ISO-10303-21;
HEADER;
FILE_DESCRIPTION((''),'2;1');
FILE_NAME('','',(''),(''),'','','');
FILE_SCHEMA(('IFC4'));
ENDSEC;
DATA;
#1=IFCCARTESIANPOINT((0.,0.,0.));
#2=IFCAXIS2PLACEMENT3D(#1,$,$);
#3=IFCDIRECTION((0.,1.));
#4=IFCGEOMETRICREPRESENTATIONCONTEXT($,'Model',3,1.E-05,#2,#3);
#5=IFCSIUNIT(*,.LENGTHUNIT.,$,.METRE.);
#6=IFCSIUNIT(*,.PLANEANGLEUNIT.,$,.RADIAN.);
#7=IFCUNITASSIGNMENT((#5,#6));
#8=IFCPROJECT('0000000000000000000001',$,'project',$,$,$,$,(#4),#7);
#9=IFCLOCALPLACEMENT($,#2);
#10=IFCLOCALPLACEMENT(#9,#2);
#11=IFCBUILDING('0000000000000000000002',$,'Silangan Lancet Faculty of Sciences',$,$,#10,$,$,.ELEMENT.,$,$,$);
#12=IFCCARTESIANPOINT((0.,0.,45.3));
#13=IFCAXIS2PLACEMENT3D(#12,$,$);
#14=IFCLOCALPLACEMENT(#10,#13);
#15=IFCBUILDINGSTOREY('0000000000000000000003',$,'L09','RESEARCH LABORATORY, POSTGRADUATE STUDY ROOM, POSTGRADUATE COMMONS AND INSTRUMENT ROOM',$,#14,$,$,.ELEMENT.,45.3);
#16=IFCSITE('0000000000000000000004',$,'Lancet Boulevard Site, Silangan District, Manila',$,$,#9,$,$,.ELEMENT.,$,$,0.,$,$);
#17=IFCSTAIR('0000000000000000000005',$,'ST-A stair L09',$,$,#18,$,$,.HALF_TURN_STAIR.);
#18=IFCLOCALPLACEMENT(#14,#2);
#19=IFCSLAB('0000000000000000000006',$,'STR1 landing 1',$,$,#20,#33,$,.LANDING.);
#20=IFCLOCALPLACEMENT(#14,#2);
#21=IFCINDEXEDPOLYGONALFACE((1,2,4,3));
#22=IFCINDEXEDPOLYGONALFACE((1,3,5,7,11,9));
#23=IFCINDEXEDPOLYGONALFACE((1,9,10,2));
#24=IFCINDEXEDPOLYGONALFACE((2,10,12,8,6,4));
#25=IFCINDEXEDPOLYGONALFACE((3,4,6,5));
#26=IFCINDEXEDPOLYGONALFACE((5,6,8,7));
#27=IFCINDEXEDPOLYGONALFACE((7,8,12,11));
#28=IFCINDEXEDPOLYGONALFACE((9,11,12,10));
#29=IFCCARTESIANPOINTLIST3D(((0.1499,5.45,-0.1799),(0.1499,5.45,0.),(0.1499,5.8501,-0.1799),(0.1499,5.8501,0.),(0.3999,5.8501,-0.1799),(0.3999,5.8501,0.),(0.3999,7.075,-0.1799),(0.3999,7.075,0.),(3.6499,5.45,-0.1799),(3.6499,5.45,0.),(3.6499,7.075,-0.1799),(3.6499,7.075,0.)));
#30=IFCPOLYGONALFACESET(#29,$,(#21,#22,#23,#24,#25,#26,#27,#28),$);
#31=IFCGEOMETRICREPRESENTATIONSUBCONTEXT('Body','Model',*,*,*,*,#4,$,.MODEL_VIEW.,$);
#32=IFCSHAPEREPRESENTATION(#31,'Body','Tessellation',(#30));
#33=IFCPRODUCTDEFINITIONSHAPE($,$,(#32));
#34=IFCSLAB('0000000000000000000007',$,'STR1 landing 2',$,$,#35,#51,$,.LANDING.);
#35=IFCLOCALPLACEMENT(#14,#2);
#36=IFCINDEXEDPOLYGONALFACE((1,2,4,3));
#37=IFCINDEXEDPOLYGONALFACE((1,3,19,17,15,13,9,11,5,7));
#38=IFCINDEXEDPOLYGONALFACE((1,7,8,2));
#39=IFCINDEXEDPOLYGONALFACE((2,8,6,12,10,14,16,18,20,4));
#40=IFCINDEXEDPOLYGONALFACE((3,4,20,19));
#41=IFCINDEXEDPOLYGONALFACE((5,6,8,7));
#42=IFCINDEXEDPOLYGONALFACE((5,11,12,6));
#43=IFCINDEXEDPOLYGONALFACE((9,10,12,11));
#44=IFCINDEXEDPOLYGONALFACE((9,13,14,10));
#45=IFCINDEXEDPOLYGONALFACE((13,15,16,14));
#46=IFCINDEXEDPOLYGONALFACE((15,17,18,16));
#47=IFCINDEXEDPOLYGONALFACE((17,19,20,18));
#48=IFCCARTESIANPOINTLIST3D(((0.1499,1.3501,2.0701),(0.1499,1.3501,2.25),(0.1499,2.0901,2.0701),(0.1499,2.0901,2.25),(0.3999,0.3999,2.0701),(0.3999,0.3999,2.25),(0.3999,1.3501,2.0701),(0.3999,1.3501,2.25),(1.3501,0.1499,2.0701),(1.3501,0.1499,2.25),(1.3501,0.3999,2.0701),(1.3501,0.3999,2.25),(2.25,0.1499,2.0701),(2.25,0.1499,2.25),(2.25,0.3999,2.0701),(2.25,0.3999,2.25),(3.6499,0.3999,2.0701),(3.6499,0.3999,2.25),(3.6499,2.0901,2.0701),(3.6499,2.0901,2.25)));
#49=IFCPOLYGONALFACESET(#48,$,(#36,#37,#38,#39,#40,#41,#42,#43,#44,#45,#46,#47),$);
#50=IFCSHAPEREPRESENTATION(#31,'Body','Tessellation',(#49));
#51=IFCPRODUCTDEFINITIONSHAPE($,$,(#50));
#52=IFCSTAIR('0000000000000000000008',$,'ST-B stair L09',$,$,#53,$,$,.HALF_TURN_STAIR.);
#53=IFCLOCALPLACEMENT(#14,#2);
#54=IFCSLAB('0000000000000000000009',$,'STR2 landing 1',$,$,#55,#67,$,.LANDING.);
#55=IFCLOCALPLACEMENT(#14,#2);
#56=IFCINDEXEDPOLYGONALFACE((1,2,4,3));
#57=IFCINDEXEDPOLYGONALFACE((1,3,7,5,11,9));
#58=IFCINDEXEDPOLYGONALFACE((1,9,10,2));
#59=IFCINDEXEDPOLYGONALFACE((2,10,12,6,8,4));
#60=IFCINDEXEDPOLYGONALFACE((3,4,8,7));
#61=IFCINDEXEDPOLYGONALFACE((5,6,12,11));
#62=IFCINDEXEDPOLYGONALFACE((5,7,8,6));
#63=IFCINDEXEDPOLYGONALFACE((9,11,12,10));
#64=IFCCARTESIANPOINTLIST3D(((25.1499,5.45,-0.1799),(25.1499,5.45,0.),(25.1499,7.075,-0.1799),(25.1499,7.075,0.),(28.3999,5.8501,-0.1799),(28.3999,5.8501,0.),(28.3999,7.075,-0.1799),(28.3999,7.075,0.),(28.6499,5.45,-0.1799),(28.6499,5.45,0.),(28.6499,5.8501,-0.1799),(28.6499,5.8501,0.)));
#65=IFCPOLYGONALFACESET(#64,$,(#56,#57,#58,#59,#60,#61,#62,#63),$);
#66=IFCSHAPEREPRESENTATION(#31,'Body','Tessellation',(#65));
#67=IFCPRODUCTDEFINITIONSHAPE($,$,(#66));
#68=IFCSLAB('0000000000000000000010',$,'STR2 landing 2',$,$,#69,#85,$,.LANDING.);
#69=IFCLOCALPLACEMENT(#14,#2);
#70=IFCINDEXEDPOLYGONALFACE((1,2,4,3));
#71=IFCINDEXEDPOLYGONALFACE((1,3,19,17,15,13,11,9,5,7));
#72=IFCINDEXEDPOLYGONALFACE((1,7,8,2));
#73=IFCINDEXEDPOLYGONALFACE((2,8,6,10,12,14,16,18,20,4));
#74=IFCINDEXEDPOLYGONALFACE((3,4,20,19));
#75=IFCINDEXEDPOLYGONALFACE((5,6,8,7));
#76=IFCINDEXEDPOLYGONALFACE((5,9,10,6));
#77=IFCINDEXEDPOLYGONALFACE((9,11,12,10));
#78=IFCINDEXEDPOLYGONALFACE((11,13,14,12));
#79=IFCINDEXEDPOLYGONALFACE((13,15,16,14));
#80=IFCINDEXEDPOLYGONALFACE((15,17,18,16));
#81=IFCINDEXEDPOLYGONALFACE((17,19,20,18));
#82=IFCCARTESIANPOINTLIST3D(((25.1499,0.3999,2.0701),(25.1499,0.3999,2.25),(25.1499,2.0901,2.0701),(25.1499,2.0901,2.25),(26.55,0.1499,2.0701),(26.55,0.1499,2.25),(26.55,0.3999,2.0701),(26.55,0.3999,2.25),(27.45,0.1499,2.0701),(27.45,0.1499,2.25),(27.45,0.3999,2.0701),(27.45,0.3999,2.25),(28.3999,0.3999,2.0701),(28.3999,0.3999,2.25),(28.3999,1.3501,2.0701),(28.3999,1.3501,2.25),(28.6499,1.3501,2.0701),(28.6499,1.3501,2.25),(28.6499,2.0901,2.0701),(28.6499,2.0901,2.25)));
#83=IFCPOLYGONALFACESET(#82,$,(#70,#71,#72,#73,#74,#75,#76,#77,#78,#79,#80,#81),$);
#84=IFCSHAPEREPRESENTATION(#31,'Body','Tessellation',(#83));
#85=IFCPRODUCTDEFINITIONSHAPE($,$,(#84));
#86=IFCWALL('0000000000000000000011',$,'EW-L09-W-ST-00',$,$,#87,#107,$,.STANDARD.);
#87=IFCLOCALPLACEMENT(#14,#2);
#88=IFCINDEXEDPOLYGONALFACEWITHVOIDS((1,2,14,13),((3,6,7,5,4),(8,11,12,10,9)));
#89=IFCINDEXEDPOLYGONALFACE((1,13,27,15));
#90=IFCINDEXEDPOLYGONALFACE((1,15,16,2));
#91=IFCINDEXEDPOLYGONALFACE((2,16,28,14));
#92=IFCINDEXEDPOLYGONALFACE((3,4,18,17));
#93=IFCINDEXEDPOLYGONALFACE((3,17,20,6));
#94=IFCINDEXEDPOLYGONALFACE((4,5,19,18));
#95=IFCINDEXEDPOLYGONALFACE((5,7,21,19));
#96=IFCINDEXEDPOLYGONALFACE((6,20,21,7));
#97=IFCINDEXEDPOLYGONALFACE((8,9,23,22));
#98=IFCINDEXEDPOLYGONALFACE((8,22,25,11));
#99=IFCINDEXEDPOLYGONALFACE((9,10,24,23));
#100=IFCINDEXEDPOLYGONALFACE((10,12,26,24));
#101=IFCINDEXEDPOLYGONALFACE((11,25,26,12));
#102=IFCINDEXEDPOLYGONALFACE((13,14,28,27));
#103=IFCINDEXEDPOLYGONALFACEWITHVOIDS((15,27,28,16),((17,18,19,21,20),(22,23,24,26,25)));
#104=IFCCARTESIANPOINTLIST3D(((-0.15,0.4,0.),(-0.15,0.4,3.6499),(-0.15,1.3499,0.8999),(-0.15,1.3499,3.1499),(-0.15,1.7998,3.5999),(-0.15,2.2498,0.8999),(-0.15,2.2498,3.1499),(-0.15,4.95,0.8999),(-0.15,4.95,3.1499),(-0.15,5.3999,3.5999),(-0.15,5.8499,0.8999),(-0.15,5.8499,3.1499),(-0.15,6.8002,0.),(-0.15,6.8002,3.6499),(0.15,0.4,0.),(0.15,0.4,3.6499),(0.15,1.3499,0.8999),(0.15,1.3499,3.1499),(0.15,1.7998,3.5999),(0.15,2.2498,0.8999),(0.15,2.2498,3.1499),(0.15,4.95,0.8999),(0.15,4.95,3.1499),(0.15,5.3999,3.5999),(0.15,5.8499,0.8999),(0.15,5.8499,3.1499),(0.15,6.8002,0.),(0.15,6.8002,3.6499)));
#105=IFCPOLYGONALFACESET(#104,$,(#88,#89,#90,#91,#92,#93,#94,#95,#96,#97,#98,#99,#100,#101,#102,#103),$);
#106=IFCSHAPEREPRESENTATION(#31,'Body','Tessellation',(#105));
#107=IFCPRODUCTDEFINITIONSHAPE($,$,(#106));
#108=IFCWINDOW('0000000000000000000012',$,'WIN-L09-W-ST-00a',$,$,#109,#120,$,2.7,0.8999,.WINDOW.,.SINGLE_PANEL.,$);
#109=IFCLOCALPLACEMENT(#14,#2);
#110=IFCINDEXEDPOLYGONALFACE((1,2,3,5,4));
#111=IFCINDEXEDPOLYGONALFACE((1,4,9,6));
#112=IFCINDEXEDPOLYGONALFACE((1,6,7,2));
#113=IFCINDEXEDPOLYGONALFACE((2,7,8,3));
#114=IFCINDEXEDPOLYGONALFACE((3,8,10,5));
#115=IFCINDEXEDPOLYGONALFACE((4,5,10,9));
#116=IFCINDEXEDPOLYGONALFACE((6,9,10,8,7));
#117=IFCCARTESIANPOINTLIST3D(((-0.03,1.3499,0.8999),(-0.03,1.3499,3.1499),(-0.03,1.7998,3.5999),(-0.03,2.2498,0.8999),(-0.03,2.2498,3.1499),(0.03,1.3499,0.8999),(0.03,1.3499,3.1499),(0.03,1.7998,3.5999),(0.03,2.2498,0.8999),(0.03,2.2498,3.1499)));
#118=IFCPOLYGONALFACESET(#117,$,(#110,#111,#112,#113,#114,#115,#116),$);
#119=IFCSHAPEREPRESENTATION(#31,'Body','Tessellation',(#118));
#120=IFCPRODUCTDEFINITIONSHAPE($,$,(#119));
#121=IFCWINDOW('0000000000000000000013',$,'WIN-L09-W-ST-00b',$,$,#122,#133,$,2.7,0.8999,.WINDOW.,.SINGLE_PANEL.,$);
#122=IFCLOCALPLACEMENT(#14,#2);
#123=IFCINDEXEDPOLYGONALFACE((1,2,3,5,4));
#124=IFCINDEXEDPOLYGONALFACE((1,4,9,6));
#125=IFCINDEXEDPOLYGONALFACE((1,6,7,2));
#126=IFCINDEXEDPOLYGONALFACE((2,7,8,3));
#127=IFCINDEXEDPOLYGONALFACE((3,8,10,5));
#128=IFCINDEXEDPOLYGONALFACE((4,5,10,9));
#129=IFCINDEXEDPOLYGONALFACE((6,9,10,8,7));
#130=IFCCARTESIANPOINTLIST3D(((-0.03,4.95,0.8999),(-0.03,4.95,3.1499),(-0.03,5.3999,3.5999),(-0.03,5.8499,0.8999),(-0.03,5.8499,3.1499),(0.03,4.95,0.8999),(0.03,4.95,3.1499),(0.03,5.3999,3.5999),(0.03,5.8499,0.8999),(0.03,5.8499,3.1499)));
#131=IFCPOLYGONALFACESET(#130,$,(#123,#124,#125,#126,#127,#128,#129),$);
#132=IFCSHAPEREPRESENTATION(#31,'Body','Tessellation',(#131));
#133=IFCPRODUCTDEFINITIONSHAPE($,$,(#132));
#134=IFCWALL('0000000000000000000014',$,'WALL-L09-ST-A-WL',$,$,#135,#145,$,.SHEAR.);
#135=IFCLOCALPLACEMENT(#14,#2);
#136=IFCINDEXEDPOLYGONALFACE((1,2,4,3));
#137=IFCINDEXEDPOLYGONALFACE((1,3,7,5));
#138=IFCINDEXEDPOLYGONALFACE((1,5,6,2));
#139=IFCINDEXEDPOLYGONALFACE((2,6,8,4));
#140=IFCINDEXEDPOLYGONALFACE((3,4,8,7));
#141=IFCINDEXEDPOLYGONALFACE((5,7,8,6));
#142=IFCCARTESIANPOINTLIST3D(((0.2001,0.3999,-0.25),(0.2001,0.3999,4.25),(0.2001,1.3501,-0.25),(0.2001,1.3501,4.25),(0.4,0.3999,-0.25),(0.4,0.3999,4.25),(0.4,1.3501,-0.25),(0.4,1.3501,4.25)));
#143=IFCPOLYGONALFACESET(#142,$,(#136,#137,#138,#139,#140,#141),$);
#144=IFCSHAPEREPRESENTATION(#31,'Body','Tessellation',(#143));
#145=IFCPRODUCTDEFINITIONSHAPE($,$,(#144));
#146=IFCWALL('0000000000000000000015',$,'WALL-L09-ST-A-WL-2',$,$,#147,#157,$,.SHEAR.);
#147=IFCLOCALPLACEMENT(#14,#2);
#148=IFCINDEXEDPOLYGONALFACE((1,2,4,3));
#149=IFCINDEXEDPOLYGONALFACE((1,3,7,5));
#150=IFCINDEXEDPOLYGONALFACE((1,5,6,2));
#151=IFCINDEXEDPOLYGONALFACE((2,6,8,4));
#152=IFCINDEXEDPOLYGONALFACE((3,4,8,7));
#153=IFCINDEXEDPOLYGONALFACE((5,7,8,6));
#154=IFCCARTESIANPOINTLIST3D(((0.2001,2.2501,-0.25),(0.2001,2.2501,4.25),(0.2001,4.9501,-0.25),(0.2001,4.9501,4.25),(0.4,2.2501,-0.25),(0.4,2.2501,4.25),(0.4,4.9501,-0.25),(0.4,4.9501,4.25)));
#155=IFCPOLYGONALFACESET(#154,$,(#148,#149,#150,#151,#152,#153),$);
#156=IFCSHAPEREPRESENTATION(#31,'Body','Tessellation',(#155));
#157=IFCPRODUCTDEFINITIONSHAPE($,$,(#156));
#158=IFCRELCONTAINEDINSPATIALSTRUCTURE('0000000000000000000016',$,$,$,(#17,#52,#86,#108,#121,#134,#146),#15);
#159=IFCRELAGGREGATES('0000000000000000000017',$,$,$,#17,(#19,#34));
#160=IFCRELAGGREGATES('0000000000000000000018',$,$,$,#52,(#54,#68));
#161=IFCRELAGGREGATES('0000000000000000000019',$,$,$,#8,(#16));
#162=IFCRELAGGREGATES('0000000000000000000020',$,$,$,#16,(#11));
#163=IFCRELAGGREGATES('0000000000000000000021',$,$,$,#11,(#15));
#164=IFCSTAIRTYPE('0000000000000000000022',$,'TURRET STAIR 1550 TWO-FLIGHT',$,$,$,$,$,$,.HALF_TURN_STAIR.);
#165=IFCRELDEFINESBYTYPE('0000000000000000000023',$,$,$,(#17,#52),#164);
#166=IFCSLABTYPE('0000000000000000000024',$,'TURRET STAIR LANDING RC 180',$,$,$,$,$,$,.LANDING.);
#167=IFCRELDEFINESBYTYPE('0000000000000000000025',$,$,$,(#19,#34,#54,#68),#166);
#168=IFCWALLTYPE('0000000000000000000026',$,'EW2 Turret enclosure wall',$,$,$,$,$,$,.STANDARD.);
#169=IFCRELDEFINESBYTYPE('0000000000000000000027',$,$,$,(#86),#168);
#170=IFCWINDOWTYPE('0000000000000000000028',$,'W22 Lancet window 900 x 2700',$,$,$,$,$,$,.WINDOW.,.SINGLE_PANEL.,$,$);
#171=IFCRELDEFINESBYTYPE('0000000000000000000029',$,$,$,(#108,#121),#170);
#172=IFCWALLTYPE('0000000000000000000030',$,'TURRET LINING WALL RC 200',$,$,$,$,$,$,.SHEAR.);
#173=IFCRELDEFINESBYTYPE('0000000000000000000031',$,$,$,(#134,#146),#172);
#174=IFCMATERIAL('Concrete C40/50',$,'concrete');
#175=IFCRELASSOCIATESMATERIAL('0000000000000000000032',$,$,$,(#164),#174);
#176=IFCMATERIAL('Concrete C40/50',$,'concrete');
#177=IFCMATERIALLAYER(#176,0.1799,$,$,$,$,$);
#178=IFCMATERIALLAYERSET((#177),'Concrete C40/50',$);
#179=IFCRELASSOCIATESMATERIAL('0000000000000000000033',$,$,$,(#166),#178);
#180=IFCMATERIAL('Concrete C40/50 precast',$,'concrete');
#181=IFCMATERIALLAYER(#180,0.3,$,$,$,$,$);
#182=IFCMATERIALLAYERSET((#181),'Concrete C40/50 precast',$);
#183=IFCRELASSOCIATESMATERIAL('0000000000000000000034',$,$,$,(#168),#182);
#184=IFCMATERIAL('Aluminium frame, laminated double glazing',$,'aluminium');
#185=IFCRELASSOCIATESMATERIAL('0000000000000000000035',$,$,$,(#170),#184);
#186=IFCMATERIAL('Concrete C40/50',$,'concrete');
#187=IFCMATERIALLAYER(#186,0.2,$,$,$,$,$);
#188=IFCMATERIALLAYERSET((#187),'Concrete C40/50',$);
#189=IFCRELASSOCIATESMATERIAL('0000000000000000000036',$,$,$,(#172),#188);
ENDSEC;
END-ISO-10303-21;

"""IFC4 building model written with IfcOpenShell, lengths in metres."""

from ifc_helpers import new_model, si_unit, direction, frame, frame_2d, origin, place, context, subcontext, project, spatial, polyline, rectangle, outline, extrude, material, layer, layer_set, type_object, element, fill, aggregate, save


model = new_model("IFC4")

# Units and contexts
model_context = context("Model", 3, precision=1e-05, world=origin(), true_north=direction((0.0, 1.0)))
body_context = subcontext(model_context, "Body", "Model", "MODEL_VIEW")
ifc_project = project(units=[si_unit("LENGTHUNIT", "METRE"), si_unit("PLANEANGLEUNIT", "RADIAN")], contexts=[model_context])

# Site, building, storey
site_placement = place(None, origin())
site = spatial("IfcSite", under=ifc_project, at=site_placement, Name="Lancet Boulevard Site, Silangan District, Manila", CompositionType="ELEMENT", RefElevation=0.0)
building_placement = place(site_placement, origin())
building = spatial("IfcBuilding", under=site, at=building_placement, Name="Silangan Lancet Faculty of Sciences", CompositionType="ELEMENT")
storey_placement = place(building_placement, frame((0.0, 0.0, 45.3)))
storey = spatial("IfcBuildingStorey", under=building, at=storey_placement, Name="L09", Description="RESEARCH LABORATORY, POSTGRADUATE STUDY ROOM, POSTGRADUATE COMMONS AND INSTRUMENT ROOM", CompositionType="ELEMENT", Elevation=45.3)

# Stairs, slabs
ifc_material_1 = material(Name="Concrete C40/50", Category="concrete")
stair_type = type_object("IfcStairType", Name="TURRET STAIR 1550 TWO-FLIGHT", PredefinedType="HALF_TURN_STAIR", material=ifc_material_1)
ifc_material_2 = material(Name="Concrete C40/50", Category="concrete")
ifc_layer_1 = layer(ifc_material_2, 0.1799)
ifc_layer_set_1 = layer_set([ifc_layer_1], Name="Concrete C40/50")
slab_type_1 = type_object("IfcSlabType", Name="TURRET STAIR LANDING RC 180", PredefinedType="LANDING", material=ifc_layer_set_1)
stair_1_placement = place(storey_placement, origin())
stair_1 = element("IfcStair", 1, at=stair_1_placement, inside=storey, type_object=stair_type, Name="ST-A stair L09", PredefinedType="HALF_TURN_STAIR")
slab_1_placement = place(storey_placement, frame((0.0, 0.0, -0.1799)))
slab_1 = element("IfcSlab", 2, at=slab_1_placement, type_object=slab_type_1, Name="STR1 landing 1", PredefinedType="LANDING", context=body_context, shape_type="SweptSolid", body=[
    extrude(outline(polyline([(3.6499, 5.45), (0.1499, 5.45), (0.1499, 5.8501), (0.3999, 5.8501), (0.3999, 7.075), (3.6499, 7.075), (3.6499, 5.45)])), origin(), (0.0, 0.0, 1.0), 0.1799),
])
slab_2_placement = place(storey_placement, frame((0.0, 0.0, 2.0701)))
slab_2 = element("IfcSlab", 3, at=slab_2_placement, type_object=slab_type_1, Name="STR1 landing 2", PredefinedType="LANDING", context=body_context, shape_type="SweptSolid", body=[
    extrude(outline(polyline([(0.1499, 2.0901), (3.6499, 2.0901), (3.6499, 0.3999), (2.25, 0.3999), (2.25, 0.1499), (1.3501, 0.1499), (1.3501, 0.3999), (0.3999, 0.3999), (0.3999, 1.3501), (0.1499, 1.3501), (0.1499, 2.0901)])), origin(), (0.0, 0.0, 1.0), 0.1799),
])
aggregate(stair_1, [slab_1, slab_2])
stair_2_placement = place(storey_placement, origin())
stair_2 = element("IfcStair", 4, at=stair_2_placement, inside=storey, type_object=stair_type, Name="ST-B stair L09", PredefinedType="HALF_TURN_STAIR")
slab_3_placement = place(storey_placement, frame((0.0, 0.0, -0.1799)))
slab_3 = element("IfcSlab", 5, at=slab_3_placement, type_object=slab_type_1, Name="STR2 landing 1", PredefinedType="LANDING", context=body_context, shape_type="SweptSolid", body=[
    extrude(outline(polyline([(28.3999, 5.8501), (28.6499, 5.8501), (28.6499, 5.45), (25.1499, 5.45), (25.1499, 7.075), (28.3999, 7.075), (28.3999, 5.8501)])), origin(), (0.0, 0.0, 1.0), 0.1799),
])
slab_4_placement = place(storey_placement, frame((0.0, 0.0, 2.0701)))
slab_4 = element("IfcSlab", 6, at=slab_4_placement, type_object=slab_type_1, Name="STR2 landing 2", PredefinedType="LANDING", context=body_context, shape_type="SweptSolid", body=[
    extrude(outline(polyline([(26.55, 0.1499), (26.55, 0.3999), (25.1499, 0.3999), (25.1499, 2.0901), (28.6499, 2.0901), (28.6499, 1.3501), (28.3999, 1.3501), (28.3999, 0.3999), (27.45, 0.3999), (27.45, 0.1499), (26.55, 0.1499)])), origin(), (0.0, 0.0, 1.0), 0.1799),
])
aggregate(stair_2, [slab_3, slab_4])

# Wall, openings, windows
ifc_material_3 = material(Name="Concrete C40/50 precast", Category="concrete")
ifc_layer_2 = layer(ifc_material_3, 0.3)
ifc_layer_set_2 = layer_set([ifc_layer_2], Name="Concrete C40/50 precast")
wall_type_1 = type_object("IfcWallType", Name="EW2 Turret enclosure wall", PredefinedType="STANDARD", material=ifc_layer_set_2)
wall_1_placement = place(storey_placement, frame((0.0, 0.3999, 0.0), z_axis=(0.0, 0.0, 1.0), x_axis=(0.0, 1.0, 0.0)))
wall_1 = element("IfcWall", 7, at=wall_1_placement, inside=storey, type_object=wall_type_1, Name="EW-L09-W-ST-00", PredefinedType="STANDARD", context=body_context, shape_type="SweptSolid", body=[
    extrude(rectangle(XDim=6.4001, YDim=0.3, at=frame_2d((3.2002, 0.0))), origin(), (0.0, 0.0, 1.0), 3.6499),
])
opening_1_placement = place(wall_1_placement, frame((0.95, 0.0, 0.8999)))
opening_1 = element("IfcOpeningElement", 8, at=opening_1_placement, cuts=wall_1, PredefinedType="OPENING", context=body_context, shape_type="SweptSolid", body=[
    extrude(outline(polyline([(0.0, 0.0), (0.8999, 0.0), (0.8999, 2.25), (0.45, 2.7), (0.0, 2.25), (0.0, 0.0)])), frame((0.0, 0.1599, 0.0), z_axis=(0.0, -1.0, 0.0), x_axis=(1.0, 0.0, 0.0)), (0.0, 0.0, 1.0), 0.3201),
])
opening_2_placement = place(wall_1_placement, frame((4.55, 0.0, 0.8999)))
opening_2 = element("IfcOpeningElement", 9, at=opening_2_placement, cuts=wall_1, PredefinedType="OPENING", context=body_context, shape_type="SweptSolid", body=[
    extrude(outline(polyline([(0.0, 0.0), (0.8999, 0.0), (0.8999, 2.25), (0.45, 2.7), (0.0, 2.25), (0.0, 0.0)])), frame((0.0, 0.1599, 0.0), z_axis=(0.0, -1.0, 0.0), x_axis=(1.0, 0.0, 0.0)), (0.0, 0.0, 1.0), 0.3201),
])
ifc_material_4 = material(Name="Aluminium frame, laminated double glazing", Category="aluminium")
window_type = type_object("IfcWindowType", Name="W22 Lancet window 900 x 2700", PartitioningType="SINGLE_PANEL", PredefinedType="WINDOW", material=ifc_material_4)
window_1_placement = place(opening_1_placement, origin())
window_1 = element("IfcWindow", 10, at=window_1_placement, inside=storey, type_object=window_type, Name="WIN-L09-W-ST-00a", OverallHeight=2.7, OverallWidth=0.8999, PartitioningType="SINGLE_PANEL", PredefinedType="WINDOW", context=body_context, shape_type="SweptSolid", body=[
    extrude(outline(polyline([(0.0, 0.0), (0.8999, 0.0), (0.8999, 2.25), (0.45, 2.7), (0.0, 2.25), (0.0, 0.0)])), frame((0.0, 0.03, 0.0), z_axis=(0.0, -1.0, 0.0), x_axis=(1.0, 0.0, 0.0)), (0.0, 0.0, 1.0), 0.0601),
])
fill(opening_1, window_1)
window_2_placement = place(opening_2_placement, origin())
window_2 = element("IfcWindow", 11, at=window_2_placement, inside=storey, type_object=window_type, Name="WIN-L09-W-ST-00b", OverallHeight=2.7, OverallWidth=0.8999, PartitioningType="SINGLE_PANEL", PredefinedType="WINDOW", context=body_context, shape_type="SweptSolid", body=[
    extrude(outline(polyline([(0.0, 0.0), (0.8999, 0.0), (0.8999, 2.25), (0.45, 2.7), (0.0, 2.25), (0.0, 0.0)])), frame((0.0, 0.03, 0.0), z_axis=(0.0, -1.0, 0.0), x_axis=(1.0, 0.0, 0.0)), (0.0, 0.0, 1.0), 0.0601),
])
fill(opening_2, window_2)

# Walls
ifc_material_5 = material(Name="Concrete C40/50", Category="concrete")
ifc_layer_3 = layer(ifc_material_5, 0.2)
ifc_layer_set_3 = layer_set([ifc_layer_3], Name="Concrete C40/50")
wall_type_2 = type_object("IfcWallType", Name="TURRET LINING WALL RC 200", PredefinedType="SHEAR", material=ifc_layer_set_3)
wall_2_placement = place(storey_placement, frame((0.3, 0.3999, -0.25), z_axis=(0.0, 0.0, 1.0), x_axis=(0.0, 1.0, 0.0)))
element("IfcWall", 12, at=wall_2_placement, inside=storey, type_object=wall_type_2, Name="WALL-L09-ST-A-WL", PredefinedType="SHEAR", context=body_context, shape_type="SweptSolid", body=[
    extrude(rectangle(XDim=0.9502, YDim=0.2, at=frame_2d((0.4751, 0.0))), origin(), (0.0, 0.0, 1.0), 4.5),
])
wall_3_placement = place(storey_placement, frame((0.3, 2.25, -0.25), z_axis=(0.0, 0.0, 1.0), x_axis=(0.0, 1.0, 0.0)))
element("IfcWall", 13, at=wall_3_placement, inside=storey, type_object=wall_type_2, Name="WALL-L09-ST-A-WL-2", PredefinedType="SHEAR", context=body_context, shape_type="SweptSolid", body=[
    extrude(rectangle(XDim=2.7, YDim=0.2, at=frame_2d((1.3501, 0.0))), origin(), (0.0, 0.0, 1.0), 4.5),
])

save(model, "model.ifc")
